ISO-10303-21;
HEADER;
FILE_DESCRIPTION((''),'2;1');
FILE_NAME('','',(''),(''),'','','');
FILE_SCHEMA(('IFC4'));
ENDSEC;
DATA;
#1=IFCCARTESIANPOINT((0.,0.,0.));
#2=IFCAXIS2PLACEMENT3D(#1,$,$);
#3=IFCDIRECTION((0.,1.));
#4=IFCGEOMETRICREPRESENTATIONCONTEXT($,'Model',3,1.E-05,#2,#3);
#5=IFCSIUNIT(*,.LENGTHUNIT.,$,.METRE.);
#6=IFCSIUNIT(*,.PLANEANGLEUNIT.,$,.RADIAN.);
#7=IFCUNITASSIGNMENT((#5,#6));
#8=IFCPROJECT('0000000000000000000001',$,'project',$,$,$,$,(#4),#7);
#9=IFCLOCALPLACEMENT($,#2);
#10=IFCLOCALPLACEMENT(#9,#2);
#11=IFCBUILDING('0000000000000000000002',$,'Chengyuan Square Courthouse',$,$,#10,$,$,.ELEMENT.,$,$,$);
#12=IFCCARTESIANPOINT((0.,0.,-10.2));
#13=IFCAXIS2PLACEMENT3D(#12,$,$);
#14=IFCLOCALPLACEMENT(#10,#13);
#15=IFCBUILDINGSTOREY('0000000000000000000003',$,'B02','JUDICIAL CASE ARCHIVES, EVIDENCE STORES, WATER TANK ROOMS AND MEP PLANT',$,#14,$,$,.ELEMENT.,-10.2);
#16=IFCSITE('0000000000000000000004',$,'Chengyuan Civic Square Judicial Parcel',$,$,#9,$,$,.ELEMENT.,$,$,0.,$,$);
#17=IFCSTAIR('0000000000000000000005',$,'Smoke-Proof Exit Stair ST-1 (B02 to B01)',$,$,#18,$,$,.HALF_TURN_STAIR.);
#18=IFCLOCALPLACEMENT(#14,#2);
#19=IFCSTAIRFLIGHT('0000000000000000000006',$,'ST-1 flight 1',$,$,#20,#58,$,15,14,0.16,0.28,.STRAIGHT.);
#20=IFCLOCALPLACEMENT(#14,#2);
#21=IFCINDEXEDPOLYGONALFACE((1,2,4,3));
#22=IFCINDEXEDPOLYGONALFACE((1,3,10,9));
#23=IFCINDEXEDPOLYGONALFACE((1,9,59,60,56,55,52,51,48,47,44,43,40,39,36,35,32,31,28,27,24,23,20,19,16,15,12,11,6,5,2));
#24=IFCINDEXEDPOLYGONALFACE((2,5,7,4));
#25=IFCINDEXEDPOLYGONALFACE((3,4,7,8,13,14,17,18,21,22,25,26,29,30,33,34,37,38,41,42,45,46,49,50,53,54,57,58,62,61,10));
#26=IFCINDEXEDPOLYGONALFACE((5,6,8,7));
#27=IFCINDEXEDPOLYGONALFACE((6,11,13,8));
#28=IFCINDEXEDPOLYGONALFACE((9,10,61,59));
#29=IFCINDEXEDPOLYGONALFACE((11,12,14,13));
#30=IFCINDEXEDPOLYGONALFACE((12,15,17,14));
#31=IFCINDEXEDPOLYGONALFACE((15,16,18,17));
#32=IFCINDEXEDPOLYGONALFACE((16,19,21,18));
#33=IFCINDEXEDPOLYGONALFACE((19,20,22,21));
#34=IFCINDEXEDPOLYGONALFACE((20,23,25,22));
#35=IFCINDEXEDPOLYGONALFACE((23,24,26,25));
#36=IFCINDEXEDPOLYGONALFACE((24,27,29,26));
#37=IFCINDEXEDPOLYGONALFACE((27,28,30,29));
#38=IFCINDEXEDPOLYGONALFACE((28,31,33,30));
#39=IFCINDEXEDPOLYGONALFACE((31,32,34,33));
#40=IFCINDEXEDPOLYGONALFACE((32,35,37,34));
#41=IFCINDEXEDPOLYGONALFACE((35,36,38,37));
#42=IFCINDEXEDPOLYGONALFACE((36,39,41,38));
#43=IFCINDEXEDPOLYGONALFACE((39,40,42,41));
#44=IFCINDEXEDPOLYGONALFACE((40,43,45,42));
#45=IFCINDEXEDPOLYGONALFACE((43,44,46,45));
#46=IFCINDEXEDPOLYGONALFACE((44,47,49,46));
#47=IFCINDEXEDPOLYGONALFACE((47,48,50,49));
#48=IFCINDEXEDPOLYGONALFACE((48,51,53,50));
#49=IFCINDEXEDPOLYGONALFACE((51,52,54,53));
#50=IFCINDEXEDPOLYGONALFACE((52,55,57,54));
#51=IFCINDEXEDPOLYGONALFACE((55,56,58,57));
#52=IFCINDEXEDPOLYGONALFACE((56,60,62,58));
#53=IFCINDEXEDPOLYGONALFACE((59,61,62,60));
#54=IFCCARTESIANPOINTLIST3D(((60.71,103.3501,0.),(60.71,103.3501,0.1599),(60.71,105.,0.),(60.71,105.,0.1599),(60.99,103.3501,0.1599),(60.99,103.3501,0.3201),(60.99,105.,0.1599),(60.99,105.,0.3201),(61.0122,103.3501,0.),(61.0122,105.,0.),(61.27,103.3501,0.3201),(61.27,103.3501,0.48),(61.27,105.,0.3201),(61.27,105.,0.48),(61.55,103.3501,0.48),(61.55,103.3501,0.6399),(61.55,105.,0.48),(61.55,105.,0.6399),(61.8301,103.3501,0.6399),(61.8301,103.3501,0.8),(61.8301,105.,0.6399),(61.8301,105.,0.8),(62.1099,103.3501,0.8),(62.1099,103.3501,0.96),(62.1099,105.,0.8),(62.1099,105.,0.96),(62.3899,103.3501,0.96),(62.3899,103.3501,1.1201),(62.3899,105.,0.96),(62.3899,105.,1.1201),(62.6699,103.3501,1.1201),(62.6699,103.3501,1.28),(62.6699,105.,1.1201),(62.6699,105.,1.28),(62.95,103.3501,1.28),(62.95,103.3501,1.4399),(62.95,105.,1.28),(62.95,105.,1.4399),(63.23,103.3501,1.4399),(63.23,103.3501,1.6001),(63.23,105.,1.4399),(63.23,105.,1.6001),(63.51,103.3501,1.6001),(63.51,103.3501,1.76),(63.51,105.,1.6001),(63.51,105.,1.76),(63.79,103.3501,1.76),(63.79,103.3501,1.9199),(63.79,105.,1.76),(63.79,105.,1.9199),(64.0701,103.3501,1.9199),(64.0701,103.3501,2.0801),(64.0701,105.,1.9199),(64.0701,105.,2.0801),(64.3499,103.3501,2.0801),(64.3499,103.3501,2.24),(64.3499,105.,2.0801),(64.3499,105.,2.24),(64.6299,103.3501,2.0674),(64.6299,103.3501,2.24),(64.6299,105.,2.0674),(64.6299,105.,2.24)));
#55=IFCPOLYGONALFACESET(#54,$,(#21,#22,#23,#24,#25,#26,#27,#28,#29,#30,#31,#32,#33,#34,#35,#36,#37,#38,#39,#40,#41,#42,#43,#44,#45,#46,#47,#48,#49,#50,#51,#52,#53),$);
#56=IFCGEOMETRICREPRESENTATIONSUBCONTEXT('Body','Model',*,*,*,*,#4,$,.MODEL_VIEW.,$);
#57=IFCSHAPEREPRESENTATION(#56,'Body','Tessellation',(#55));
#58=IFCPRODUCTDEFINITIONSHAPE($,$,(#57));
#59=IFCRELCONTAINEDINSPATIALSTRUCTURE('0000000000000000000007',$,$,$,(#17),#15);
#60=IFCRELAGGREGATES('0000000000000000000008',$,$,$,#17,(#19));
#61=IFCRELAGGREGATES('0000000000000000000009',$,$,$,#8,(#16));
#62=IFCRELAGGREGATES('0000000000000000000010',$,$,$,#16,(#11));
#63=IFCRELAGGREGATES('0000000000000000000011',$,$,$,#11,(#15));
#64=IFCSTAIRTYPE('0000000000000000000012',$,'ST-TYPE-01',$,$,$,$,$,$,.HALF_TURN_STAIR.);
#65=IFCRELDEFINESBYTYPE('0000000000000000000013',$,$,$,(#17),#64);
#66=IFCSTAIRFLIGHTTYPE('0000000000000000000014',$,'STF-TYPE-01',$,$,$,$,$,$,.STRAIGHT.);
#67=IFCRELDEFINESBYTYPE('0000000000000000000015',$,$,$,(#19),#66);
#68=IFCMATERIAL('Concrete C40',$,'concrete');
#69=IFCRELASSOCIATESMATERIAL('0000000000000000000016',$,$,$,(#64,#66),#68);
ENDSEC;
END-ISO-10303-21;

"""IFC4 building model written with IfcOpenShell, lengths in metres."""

from ifc_helpers import new_model, si_unit, direction, frame, origin, place, context, subcontext, project, spatial, polyline, outline, extrude, material, type_object, element, aggregate, save


model = new_model("IFC4")

# Units and contexts
model_context = context("Model", 3, precision=1e-05, world=origin(), true_north=direction((0.0, 1.0)))
body_context = subcontext(model_context, "Body", "Model", "MODEL_VIEW")
ifc_project = project(units=[si_unit("LENGTHUNIT", "METRE"), si_unit("PLANEANGLEUNIT", "RADIAN")], contexts=[model_context])

# Site, building, storey
site_placement = place(None, origin())
site = spatial("IfcSite", under=ifc_project, at=site_placement, Name="Chengyuan Civic Square Judicial Parcel", CompositionType="ELEMENT", RefElevation=0.0)
building_placement = place(site_placement, origin())
building = spatial("IfcBuilding", under=site, at=building_placement, Name="Chengyuan Square Courthouse", CompositionType="ELEMENT")
storey_placement = place(building_placement, frame((0.0, 0.0, -10.2)))
storey = spatial("IfcBuildingStorey", under=building, at=storey_placement, Name="B02", Description="JUDICIAL CASE ARCHIVES, EVIDENCE STORES, WATER TANK ROOMS AND MEP PLANT", CompositionType="ELEMENT", Elevation=-10.2)

# Shared definitions
ifc_material_1 = material(Name="Concrete C40", Category="concrete")

# Stair, stair flight
stair_type = type_object("IfcStairType", Name="ST-TYPE-01", PredefinedType="HALF_TURN_STAIR", material=ifc_material_1)
stair_placement = place(storey_placement, origin())
stair = element("IfcStair", 1, at=stair_placement, inside=storey, type_object=stair_type, Name="Smoke-Proof Exit Stair ST-1 (B02 to B01)", PredefinedType="HALF_TURN_STAIR")
stair_flight_type = type_object("IfcStairFlightType", Name="STF-TYPE-01", PredefinedType="STRAIGHT", material=ifc_material_1)
stair_flight_placement = place(storey_placement, frame((60.71, 104.175, 0.0), z_axis=(0.0, 0.0, 1.0), x_axis=(1.0, 0.0, 0.0)))
stair_flight = element("IfcStairFlight", 2, at=stair_flight_placement, type_object=stair_flight_type, Name="ST-1 flight 1", NumberOfRisers=15, NumberOfTreads=14, PredefinedType="STRAIGHT", RiserHeight=0.16, TreadLength=0.28, context=body_context, shape_type="SweptSolid", body=[
    extrude(outline(polyline([(0.0, 0.0), (0.0, 0.1599), (0.28, 0.1599), (0.28, 0.3201), (0.5601, 0.3201), (0.5601, 0.48), (0.8401, 0.48), (0.8401, 0.6399), (1.1201, 0.6399), (1.1201, 0.8), (1.3999, 0.8), (1.3999, 0.96), (1.6799, 0.96), (1.6799, 1.1201), (1.96, 1.1201), (1.96, 1.28), (2.24, 1.28), (2.24, 1.4399), (2.52, 1.4399), (2.52, 1.6001), (2.8, 1.6001), (2.8, 1.76), (3.0801, 1.76), (3.0801, 1.9199), (3.3601, 1.9199), (3.3601, 2.0801), (3.6399, 2.0801), (3.6399, 2.24), (3.9199, 2.24), (3.9199, 2.3999), (3.9199, 2.0674), (0.3022, 0.0), (0.0, 0.0)])), frame((0.0, 0.825, 0.0), z_axis=(0.0, -1.0, 0.0), x_axis=(1.0, 0.0, 0.0)), (0.0, 0.0, 1.0), 1.6499),
])
aggregate(stair, [stair_flight])

save(model, "model.ifc")
